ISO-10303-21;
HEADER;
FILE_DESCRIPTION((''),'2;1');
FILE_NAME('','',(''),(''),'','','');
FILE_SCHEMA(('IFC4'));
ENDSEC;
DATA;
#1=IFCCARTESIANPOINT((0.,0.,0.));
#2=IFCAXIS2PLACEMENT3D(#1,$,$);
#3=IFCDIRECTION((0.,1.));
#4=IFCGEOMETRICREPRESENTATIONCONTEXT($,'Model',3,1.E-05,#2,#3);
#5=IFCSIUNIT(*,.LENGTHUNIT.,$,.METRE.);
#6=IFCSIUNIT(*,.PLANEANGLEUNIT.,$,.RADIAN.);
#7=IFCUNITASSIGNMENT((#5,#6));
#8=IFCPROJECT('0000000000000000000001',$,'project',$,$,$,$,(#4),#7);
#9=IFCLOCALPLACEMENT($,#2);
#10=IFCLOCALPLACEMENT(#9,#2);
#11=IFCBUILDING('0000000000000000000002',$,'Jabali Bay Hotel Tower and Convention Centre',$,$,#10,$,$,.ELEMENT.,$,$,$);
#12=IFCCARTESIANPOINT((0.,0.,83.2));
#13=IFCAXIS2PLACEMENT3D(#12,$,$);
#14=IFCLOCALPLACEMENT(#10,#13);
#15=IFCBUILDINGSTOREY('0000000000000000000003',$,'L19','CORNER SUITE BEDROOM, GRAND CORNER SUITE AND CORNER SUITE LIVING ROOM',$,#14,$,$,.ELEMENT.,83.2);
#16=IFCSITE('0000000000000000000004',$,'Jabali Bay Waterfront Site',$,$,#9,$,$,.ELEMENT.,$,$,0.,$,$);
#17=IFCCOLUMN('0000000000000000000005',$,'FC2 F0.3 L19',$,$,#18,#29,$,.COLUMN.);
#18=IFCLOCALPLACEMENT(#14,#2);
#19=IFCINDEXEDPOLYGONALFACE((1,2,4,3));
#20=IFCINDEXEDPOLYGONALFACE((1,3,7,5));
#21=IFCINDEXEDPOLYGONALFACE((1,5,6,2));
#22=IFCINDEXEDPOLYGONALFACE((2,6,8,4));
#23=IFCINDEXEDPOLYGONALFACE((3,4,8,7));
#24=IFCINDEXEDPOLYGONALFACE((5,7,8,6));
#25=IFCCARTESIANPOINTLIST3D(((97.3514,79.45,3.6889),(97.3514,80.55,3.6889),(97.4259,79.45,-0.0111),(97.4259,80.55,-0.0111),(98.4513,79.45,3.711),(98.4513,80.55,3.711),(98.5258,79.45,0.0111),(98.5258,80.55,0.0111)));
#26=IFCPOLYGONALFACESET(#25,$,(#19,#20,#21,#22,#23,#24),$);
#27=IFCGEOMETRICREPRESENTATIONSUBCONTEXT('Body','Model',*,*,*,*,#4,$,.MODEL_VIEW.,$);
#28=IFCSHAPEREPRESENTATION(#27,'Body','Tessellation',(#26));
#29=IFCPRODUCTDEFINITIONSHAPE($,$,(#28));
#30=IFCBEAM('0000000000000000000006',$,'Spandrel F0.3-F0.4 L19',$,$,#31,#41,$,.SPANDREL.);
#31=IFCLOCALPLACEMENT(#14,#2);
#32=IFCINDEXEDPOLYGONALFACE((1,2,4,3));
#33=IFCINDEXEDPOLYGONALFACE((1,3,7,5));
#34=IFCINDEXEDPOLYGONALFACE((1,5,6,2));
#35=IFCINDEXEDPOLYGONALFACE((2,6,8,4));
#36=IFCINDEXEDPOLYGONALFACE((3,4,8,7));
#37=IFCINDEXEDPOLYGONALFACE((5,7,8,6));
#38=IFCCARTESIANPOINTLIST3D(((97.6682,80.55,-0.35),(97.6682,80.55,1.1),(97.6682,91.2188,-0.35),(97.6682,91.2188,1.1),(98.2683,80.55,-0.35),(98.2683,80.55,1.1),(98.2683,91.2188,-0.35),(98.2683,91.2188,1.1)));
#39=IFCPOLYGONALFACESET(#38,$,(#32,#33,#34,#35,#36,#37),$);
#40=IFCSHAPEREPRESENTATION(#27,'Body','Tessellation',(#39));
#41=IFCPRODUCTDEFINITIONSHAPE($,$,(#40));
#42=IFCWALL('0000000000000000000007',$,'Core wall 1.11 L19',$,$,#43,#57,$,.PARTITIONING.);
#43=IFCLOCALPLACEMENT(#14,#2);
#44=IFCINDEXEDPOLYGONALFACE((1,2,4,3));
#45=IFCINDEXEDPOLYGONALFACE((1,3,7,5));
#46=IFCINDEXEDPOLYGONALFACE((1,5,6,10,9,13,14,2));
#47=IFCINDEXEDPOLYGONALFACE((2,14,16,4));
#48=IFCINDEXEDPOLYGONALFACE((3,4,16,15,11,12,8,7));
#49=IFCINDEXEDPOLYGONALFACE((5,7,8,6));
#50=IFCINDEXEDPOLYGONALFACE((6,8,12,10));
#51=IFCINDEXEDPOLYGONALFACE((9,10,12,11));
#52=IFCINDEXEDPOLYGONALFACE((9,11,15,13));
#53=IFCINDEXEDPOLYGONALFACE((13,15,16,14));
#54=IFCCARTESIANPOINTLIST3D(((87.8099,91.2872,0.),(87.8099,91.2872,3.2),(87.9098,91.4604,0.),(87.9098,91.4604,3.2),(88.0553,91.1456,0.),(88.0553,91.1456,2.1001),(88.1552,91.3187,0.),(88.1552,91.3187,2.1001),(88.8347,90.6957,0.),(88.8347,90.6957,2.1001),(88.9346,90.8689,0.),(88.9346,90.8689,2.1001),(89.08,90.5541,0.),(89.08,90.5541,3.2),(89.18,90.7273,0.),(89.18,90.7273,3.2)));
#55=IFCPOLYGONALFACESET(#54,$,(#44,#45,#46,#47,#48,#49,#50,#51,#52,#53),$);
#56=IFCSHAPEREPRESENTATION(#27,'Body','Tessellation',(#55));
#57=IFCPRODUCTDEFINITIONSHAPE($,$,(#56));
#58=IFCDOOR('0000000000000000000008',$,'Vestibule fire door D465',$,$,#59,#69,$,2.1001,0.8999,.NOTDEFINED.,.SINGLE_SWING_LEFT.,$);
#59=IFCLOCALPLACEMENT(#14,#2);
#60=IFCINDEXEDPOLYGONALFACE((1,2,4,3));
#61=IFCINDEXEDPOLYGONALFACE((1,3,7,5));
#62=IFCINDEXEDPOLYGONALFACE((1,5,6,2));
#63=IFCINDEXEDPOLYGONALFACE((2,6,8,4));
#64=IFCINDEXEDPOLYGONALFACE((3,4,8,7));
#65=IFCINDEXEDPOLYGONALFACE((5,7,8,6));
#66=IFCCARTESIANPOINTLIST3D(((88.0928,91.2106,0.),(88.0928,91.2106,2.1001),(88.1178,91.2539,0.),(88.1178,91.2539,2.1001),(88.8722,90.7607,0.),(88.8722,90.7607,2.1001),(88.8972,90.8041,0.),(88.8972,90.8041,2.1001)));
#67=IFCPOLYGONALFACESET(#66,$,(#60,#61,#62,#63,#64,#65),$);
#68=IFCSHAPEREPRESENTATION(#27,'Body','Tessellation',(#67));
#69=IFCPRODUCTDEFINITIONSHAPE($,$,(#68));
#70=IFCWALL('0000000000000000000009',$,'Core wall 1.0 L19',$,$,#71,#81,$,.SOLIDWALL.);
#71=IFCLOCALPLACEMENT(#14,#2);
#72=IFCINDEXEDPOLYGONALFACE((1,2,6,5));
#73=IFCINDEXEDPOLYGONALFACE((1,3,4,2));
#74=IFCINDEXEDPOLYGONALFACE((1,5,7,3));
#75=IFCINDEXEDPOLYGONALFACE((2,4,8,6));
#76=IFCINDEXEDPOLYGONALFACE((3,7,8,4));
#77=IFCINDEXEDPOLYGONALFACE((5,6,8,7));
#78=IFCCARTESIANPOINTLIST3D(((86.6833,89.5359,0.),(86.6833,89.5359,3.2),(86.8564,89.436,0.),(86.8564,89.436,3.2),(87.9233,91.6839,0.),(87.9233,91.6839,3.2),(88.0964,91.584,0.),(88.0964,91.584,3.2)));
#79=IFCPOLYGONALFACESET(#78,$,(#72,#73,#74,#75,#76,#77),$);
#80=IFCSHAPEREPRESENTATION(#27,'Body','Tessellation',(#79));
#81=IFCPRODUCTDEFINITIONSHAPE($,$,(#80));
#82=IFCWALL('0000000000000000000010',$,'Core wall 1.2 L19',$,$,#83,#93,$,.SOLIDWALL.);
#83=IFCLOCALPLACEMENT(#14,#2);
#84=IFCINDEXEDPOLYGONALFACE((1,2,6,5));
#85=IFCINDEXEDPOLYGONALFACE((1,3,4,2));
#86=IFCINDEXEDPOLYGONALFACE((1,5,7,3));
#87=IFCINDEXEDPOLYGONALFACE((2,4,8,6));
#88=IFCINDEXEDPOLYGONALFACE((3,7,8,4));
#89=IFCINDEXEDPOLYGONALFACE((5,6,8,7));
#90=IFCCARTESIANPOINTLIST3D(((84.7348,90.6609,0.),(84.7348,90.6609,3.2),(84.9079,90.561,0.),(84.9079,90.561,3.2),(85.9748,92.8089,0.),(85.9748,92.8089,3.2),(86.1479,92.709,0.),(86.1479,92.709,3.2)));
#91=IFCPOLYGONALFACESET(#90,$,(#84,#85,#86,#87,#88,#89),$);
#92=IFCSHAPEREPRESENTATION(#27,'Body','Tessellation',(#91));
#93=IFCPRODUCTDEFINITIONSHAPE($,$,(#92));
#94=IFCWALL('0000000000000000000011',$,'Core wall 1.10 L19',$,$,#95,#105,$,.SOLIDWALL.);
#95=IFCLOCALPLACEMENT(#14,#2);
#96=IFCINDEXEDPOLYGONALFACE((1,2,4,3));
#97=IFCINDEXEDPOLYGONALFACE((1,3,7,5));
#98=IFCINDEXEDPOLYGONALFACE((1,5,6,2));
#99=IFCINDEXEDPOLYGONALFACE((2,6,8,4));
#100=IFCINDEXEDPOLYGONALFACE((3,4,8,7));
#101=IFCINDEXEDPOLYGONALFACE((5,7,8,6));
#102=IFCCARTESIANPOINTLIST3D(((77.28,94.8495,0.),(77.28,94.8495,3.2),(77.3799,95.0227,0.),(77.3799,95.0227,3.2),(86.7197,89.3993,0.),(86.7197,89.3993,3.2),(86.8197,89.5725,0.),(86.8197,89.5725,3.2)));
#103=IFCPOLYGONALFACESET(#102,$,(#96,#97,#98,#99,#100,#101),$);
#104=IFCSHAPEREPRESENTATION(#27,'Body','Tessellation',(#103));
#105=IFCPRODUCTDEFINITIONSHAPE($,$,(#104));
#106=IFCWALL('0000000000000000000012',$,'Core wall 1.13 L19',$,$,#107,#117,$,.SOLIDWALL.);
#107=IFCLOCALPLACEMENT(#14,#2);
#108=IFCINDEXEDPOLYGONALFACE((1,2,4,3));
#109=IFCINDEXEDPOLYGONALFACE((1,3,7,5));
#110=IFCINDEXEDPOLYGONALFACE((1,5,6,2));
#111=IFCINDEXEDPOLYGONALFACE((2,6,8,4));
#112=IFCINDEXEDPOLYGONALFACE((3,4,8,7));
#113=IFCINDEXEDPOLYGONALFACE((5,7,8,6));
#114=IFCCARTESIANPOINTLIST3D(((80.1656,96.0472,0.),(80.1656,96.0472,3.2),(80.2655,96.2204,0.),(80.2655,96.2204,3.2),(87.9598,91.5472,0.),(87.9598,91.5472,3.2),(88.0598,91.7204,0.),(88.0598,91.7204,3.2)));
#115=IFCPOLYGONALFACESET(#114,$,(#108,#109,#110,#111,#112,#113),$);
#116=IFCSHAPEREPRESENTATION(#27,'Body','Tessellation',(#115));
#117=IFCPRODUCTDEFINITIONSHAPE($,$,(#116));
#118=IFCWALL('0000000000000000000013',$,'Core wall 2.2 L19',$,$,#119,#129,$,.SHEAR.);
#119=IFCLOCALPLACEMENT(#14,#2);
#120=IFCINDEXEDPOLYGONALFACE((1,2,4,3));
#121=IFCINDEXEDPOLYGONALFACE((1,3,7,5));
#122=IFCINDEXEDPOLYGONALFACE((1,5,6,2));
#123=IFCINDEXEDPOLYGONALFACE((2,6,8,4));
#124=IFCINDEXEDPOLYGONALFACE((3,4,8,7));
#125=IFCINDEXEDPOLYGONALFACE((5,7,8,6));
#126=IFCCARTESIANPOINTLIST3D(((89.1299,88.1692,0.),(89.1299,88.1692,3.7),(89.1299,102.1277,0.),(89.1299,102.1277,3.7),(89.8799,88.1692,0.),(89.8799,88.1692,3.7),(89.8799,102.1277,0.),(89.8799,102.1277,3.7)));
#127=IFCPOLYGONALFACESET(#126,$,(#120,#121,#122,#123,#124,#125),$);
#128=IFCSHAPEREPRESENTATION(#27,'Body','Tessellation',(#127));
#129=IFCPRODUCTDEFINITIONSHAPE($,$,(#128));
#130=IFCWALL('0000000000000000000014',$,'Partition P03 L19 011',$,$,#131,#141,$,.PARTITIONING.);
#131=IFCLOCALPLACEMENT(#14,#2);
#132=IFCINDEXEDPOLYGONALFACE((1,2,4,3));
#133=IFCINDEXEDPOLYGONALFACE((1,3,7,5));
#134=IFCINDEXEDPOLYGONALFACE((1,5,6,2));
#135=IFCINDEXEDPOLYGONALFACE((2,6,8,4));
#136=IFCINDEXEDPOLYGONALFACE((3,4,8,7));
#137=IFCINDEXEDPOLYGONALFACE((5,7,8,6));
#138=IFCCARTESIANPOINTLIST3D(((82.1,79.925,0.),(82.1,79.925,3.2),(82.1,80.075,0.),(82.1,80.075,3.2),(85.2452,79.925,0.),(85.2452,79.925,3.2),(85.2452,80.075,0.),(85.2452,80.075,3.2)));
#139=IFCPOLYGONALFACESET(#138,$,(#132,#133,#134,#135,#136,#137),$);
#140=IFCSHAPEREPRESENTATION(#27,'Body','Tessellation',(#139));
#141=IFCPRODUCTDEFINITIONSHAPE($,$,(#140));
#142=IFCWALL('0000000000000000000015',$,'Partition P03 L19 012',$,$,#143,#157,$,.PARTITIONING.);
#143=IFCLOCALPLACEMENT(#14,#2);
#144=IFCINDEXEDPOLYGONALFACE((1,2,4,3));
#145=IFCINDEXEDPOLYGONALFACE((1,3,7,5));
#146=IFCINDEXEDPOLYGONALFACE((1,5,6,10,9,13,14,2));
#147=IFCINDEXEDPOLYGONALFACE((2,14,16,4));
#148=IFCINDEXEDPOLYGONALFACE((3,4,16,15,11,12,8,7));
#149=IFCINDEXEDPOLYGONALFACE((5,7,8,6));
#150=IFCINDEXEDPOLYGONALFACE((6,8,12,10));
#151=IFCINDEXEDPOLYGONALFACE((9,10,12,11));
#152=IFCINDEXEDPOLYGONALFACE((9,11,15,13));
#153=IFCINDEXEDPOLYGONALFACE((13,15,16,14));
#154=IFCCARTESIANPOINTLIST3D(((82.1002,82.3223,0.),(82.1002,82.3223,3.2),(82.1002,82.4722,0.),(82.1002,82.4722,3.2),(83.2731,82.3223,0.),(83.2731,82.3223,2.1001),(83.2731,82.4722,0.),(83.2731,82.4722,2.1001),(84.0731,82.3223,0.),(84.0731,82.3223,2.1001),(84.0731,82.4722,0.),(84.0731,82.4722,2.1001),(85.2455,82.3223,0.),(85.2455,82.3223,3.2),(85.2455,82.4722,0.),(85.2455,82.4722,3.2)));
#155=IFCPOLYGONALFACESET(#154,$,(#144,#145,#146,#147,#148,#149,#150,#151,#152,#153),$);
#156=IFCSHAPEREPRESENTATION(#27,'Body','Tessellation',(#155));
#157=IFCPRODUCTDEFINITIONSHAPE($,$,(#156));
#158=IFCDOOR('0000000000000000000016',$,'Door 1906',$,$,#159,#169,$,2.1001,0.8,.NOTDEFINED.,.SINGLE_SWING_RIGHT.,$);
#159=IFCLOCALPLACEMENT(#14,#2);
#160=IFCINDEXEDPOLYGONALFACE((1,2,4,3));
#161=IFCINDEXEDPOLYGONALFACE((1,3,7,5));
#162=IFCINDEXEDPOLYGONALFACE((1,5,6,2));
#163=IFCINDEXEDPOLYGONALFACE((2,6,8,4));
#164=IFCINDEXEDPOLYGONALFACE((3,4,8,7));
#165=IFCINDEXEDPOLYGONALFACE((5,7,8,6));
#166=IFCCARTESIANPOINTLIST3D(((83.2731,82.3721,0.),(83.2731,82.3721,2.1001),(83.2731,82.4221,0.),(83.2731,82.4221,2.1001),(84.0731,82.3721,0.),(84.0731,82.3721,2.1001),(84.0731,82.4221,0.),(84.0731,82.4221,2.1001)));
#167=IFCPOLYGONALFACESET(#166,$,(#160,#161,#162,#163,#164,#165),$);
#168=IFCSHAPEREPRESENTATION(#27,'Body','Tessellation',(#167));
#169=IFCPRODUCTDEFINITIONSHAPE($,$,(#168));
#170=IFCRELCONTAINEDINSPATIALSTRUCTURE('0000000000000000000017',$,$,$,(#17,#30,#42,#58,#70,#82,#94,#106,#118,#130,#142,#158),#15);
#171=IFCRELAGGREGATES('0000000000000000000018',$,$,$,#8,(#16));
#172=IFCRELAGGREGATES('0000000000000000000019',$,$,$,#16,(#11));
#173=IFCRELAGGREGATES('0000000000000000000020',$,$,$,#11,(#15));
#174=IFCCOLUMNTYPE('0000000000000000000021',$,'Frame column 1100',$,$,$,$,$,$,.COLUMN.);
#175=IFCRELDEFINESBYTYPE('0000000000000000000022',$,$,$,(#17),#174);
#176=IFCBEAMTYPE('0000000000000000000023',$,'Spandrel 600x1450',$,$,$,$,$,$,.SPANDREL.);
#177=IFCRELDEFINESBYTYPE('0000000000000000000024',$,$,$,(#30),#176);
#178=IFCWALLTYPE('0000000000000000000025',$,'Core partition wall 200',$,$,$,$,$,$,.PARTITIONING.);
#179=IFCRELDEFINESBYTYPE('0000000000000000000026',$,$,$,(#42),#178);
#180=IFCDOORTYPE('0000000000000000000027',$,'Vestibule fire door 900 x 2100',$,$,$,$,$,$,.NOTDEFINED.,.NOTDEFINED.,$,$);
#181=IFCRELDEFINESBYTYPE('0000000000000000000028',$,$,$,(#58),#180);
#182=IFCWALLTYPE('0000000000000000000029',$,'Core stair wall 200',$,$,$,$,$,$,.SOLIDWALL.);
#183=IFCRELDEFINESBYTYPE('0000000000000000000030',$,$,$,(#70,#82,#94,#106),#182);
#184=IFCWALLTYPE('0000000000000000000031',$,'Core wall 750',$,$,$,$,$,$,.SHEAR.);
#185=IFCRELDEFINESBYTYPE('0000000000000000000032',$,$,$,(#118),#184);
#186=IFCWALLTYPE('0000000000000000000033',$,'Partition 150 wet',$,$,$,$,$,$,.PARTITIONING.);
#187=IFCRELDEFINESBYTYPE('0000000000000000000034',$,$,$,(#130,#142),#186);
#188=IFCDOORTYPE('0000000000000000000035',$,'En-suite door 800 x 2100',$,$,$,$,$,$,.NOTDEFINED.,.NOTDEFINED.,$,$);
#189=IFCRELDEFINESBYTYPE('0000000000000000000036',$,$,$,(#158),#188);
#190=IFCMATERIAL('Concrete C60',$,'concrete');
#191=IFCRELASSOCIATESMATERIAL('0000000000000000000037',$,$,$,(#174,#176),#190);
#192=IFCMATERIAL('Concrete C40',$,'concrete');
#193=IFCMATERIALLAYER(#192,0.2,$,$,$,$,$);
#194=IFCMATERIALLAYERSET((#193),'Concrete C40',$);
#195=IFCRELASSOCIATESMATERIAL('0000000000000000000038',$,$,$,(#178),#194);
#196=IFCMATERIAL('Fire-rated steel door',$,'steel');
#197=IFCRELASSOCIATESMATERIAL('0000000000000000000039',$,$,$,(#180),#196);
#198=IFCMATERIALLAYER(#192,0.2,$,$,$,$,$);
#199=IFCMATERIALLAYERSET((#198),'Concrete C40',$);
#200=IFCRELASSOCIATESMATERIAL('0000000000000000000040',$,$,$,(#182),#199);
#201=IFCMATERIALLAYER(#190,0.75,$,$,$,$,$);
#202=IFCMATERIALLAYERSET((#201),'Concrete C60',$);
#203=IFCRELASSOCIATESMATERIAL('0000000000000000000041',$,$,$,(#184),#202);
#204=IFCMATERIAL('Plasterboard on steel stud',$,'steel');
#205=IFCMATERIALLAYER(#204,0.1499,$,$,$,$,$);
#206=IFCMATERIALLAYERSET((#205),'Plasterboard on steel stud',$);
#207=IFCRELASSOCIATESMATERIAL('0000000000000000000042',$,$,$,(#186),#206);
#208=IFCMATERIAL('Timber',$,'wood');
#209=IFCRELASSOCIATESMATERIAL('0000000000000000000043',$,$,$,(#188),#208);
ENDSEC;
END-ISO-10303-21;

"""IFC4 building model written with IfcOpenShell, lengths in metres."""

from ifc_helpers import new_model, si_unit, direction, frame, frame_2d, origin, origin_2d, place, context, subcontext, project, spatial, rectangle, extrude, material, layer, layer_set, material_profile, profile_set, type_object, element, fill, save


model = new_model("IFC4")

# Units and contexts
model_context = context("Model", 3, precision=1e-05, world=origin(), true_north=direction((0.0, 1.0)))
body_context = subcontext(model_context, "Body", "Model", "MODEL_VIEW")
ifc_project = project(units=[si_unit("LENGTHUNIT", "METRE"), si_unit("PLANEANGLEUNIT", "RADIAN")], contexts=[model_context])

# Site, building, storey
site_placement = place(None, origin())
site = spatial("IfcSite", under=ifc_project, at=site_placement, Name="Jabali Bay Waterfront Site", CompositionType="ELEMENT", RefElevation=0.0)
building_placement = place(site_placement, origin())
building = spatial("IfcBuilding", under=site, at=building_placement, Name="Jabali Bay Hotel Tower and Convention Centre", CompositionType="ELEMENT")
storey_placement = place(building_placement, frame((0.0, 0.0, 83.2)))
storey = spatial("IfcBuildingStorey", under=building, at=storey_placement, Name="L19", Description="CORNER SUITE BEDROOM, GRAND CORNER SUITE AND CORNER SUITE LIVING ROOM", CompositionType="ELEMENT", Elevation=83.2)

# Column
ifc_material_1 = material(Name="Concrete C60", Category="concrete")
ifc_material_profile_1 = material_profile(ifc_material_1, rectangle(XDim=1.1001, YDim=1.1001, at=origin_2d()), Name="Frame column 1100")
ifc_profile_set_1 = profile_set([ifc_material_profile_1], Name="Concrete C60")
column_type = type_object("IfcColumnType", Name="Frame column 1100", PredefinedType="COLUMN", material=ifc_profile_set_1)
column_placement = place(storey_placement, frame((97.9758, 80.0, 0.0), z_axis=(-0.020121, 0.0, 0.999798), x_axis=(0.0, -1.0, 0.0)))
element("IfcColumn", 1, at=column_placement, inside=storey, type_object=column_type, Name="FC2 F0.3 L19", PredefinedType="COLUMN", context=body_context, shape_type="SweptSolid", body=[
    extrude(rectangle(XDim=1.1001, YDim=1.1001, at=origin_2d()), origin(), (0.0, 0.0, 1.0), 3.7007),
])

# Beam
ifc_material_profile_2 = material_profile(ifc_material_1, rectangle(XDim=0.6001, YDim=1.45, at=origin_2d()), Name="Spandrel 600x1450")
ifc_profile_set_2 = profile_set([ifc_material_profile_2], Name="Concrete C60")
beam_type = type_object("IfcBeamType", Name="Spandrel 600x1450", PredefinedType="SPANDREL", material=ifc_profile_set_2)
beam_placement = place(storey_placement, frame((97.9683, 80.55, 0.375), z_axis=(0.0, 1.0, 0.0), x_axis=(-1.0, 0.0, 0.0)))
element("IfcBeam", 2, at=beam_placement, inside=storey, type_object=beam_type, Name="Spandrel F0.3-F0.4 L19", PredefinedType="SPANDREL", context=body_context, shape_type="SweptSolid", body=[
    extrude(rectangle(XDim=0.6001, YDim=1.45, at=origin_2d()), origin(), (0.0, 0.0, 1.0), 10.6687),
])

# Wall, opening, door
ifc_material_2 = material(Name="Concrete C40", Category="concrete")
ifc_layer_1 = layer(ifc_material_2, 0.2)
ifc_layer_set_1 = layer_set([ifc_layer_1], Name="Concrete C40")
wall_type_1 = type_object("IfcWallType", Name="Core partition wall 200", PredefinedType="PARTITIONING", material=ifc_layer_set_1)
wall_1_placement = place(storey_placement, frame((89.1301, 90.6406, 0.0), z_axis=(0.0, 0.0, 1.0), x_axis=(-0.866094, 0.499881, 0.0)))
wall_1 = element("IfcWall", 3, at=wall_1_placement, inside=storey, type_object=wall_type_1, Name="Core wall 1.11 L19", PredefinedType="PARTITIONING", context=body_context, shape_type="SweptSolid", body=[
    extrude(rectangle(XDim=1.4666, YDim=0.2, at=frame_2d((0.7334, 0.0))), origin(), (0.0, 0.0, 1.0), 3.2),
])
opening_1_placement = place(wall_1_placement, frame((0.2834, 0.0, 0.0)))
opening_1 = element("IfcOpeningElement", 4, at=opening_1_placement, cuts=wall_1, PredefinedType="OPENING", context=body_context, shape_type="SweptSolid", body=[
    extrude(rectangle(XDim=0.8999, YDim=2.1001, at=frame_2d((0.45, 1.05))), frame((0.0, 0.1104, 0.0), z_axis=(0.0, -1.0, 0.0), x_axis=(1.0, 0.0, 0.0)), (0.0, 0.0, 1.0), 0.2209),
])
ifc_material_3 = material(Name="Fire-rated steel door", Category="steel")
door_type_1 = type_object("IfcDoorType", Name="Vestibule fire door 900 x 2100", OperationType="NOTDEFINED", PredefinedType="NOTDEFINED", material=ifc_material_3)
door_1_placement = place(opening_1_placement, origin())
door_1 = element("IfcDoor", 5, at=door_1_placement, inside=storey, type_object=door_type_1, Name="Vestibule fire door D465", OperationType="SINGLE_SWING_LEFT", OverallHeight=2.1001, OverallWidth=0.8999, PredefinedType="NOTDEFINED", context=body_context, shape_type="SweptSolid", body=[
    extrude(rectangle(XDim=0.8999, YDim=2.1001, at=frame_2d((0.45, 1.05))), frame((0.0, 0.0249, 0.0), z_axis=(0.0, -1.0, 0.0), x_axis=(1.0, 0.0, 0.0)), (0.0, 0.0, 1.0), 0.05),
])
fill(opening_1, door_1)

# Walls
ifc_layer_2 = layer(ifc_material_2, 0.2)
ifc_layer_set_2 = layer_set([ifc_layer_2], Name="Concrete C40")
wall_type_2 = type_object("IfcWallType", Name="Core stair wall 200", PredefinedType="SOLIDWALL", material=ifc_layer_set_2)
for number, where, z_axis, x_axis, name in (
    (6, (86.7698, 89.4858, 0.0), (0.0, 0.0, 1.0), (0.499961, 0.866048, 0.0), "Core wall 1.0 L19"),
    (7, (84.8213, 90.6108, 0.0), (0.0, 0.0, 1.0), (0.499961, 0.866048, 0.0), "Core wall 1.2 L19"),
):
    element("IfcWall", number, at=place(storey_placement, frame(where, z_axis=z_axis, x_axis=x_axis)), inside=storey, type_object=wall_type_2, Name=name, PredefinedType="SOLIDWALL", context=body_context, shape_type="SweptSolid", body=[
        extrude(rectangle(XDim=2.4802, YDim=0.2, at=frame_2d((1.2402, 0.0))), origin(), (0.0, 0.0, 1.0), 3.2),
    ])
wall_2_placement = place(storey_placement, frame((86.7698, 89.4858, 0.0), z_axis=(0.0, 0.0, 1.0), x_axis=(-0.866018, 0.500013, 0.0)))
element("IfcWall", 8, at=wall_2_placement, inside=storey, type_object=wall_type_2, Name="Core wall 1.10 L19", PredefinedType="SOLIDWALL", context=body_context, shape_type="SweptSolid", body=[
    extrude(rectangle(XDim=10.9001, YDim=0.2, at=frame_2d((5.4502, 0.0))), origin(), (0.0, 0.0, 1.0), 3.2),
])
wall_3_placement = place(storey_placement, frame((88.0098, 91.6338, 0.0), z_axis=(0.0, 0.0, 1.0), x_axis=(-0.866024, 0.500002, 0.0)))
element("IfcWall", 9, at=wall_3_placement, inside=storey, type_object=wall_type_2, Name="Core wall 1.13 L19", PredefinedType="SOLIDWALL", context=body_context, shape_type="SweptSolid", body=[
    extrude(rectangle(XDim=9.0, YDim=0.2, at=frame_2d((4.5, 0.0))), origin(), (0.0, 0.0, 1.0), 3.2),
])
ifc_layer_3 = layer(ifc_material_1, 0.75)
ifc_layer_set_3 = layer_set([ifc_layer_3], Name="Concrete C60")
wall_type_3 = type_object("IfcWallType", Name="Core wall 750", PredefinedType="SHEAR", material=ifc_layer_set_3)
wall_4_placement = place(storey_placement, frame((89.5049, 88.1692, 0.0), z_axis=(0.0, 0.0, 1.0), x_axis=(0.0, 1.0, 0.0)))
element("IfcWall", 10, at=wall_4_placement, inside=storey, type_object=wall_type_3, Name="Core wall 2.2 L19", PredefinedType="SHEAR", context=body_context, shape_type="SweptSolid", body=[
    extrude(rectangle(XDim=13.9585, YDim=0.75, at=frame_2d((6.9792, 0.0))), origin(), (0.0, 0.0, 1.0), 3.7),
])
ifc_material_4 = material(Name="Plasterboard on steel stud", Category="steel")
ifc_layer_4 = layer(ifc_material_4, 0.1499)
ifc_layer_set_4 = layer_set([ifc_layer_4], Name="Plasterboard on steel stud")
wall_type_4 = type_object("IfcWallType", Name="Partition 150 wet", PredefinedType="PARTITIONING", material=ifc_layer_set_4)
wall_5_placement = place(storey_placement, frame((85.2454, 80.0, 0.0), z_axis=(0.0, 0.0, 1.0), x_axis=(-1.0, 0.0, 0.0)))
element("IfcWall", 11, at=wall_5_placement, inside=storey, type_object=wall_type_4, Name="Partition P03 L19 011", PredefinedType="PARTITIONING", context=body_context, shape_type="SweptSolid", body=[
    extrude(rectangle(XDim=3.1453, YDim=0.1499, at=frame_2d((1.5728, 0.0))), origin(), (0.0, 0.0, 1.0), 3.2),
])

# Wall, opening, door
wall_6_placement = place(storey_placement, frame((82.1001, 82.3972, 0.0), z_axis=(0.0, 0.0, 1.0), x_axis=(1.0, 0.0, 0.0)))
wall_6 = element("IfcWall", 12, at=wall_6_placement, inside=storey, type_object=wall_type_4, Name="Partition P03 L19 012", PredefinedType="PARTITIONING", context=body_context, shape_type="SweptSolid", body=[
    extrude(rectangle(XDim=3.1453, YDim=0.1499, at=frame_2d((1.5728, 0.0))), origin(), (0.0, 0.0, 1.0), 3.2),
])
opening_2_placement = place(wall_6_placement, frame((1.1731, 0.0, 0.0)))
opening_2 = element("IfcOpeningElement", 13, at=opening_2_placement, cuts=wall_6, PredefinedType="OPENING", context=body_context, shape_type="SweptSolid", body=[
    extrude(rectangle(XDim=0.8, YDim=2.1001, at=frame_2d((0.3999, 1.05))), frame((0.0, 0.0854, 0.0), z_axis=(0.0, -1.0, 0.0), x_axis=(1.0, 0.0, 0.0)), (0.0, 0.0, 1.0), 0.1709),
])
ifc_material_5 = material(Name="Timber", Category="wood")
door_type_2 = type_object("IfcDoorType", Name="En-suite door 800 x 2100", OperationType="NOTDEFINED", PredefinedType="NOTDEFINED", material=ifc_material_5)
door_2_placement = place(opening_2_placement, origin())
door_2 = element("IfcDoor", 14, at=door_2_placement, inside=storey, type_object=door_type_2, Name="Door 1906", OperationType="SINGLE_SWING_RIGHT", OverallHeight=2.1001, OverallWidth=0.8, PredefinedType="NOTDEFINED", context=body_context, shape_type="SweptSolid", body=[
    extrude(rectangle(XDim=0.8, YDim=2.1001, at=frame_2d((0.3999, 1.05))), frame((0.0, 0.0249, 0.0), z_axis=(0.0, -1.0, 0.0), x_axis=(1.0, 0.0, 0.0)), (0.0, 0.0, 1.0), 0.05),
])
fill(opening_2, door_2)

save(model, "model.ifc")
